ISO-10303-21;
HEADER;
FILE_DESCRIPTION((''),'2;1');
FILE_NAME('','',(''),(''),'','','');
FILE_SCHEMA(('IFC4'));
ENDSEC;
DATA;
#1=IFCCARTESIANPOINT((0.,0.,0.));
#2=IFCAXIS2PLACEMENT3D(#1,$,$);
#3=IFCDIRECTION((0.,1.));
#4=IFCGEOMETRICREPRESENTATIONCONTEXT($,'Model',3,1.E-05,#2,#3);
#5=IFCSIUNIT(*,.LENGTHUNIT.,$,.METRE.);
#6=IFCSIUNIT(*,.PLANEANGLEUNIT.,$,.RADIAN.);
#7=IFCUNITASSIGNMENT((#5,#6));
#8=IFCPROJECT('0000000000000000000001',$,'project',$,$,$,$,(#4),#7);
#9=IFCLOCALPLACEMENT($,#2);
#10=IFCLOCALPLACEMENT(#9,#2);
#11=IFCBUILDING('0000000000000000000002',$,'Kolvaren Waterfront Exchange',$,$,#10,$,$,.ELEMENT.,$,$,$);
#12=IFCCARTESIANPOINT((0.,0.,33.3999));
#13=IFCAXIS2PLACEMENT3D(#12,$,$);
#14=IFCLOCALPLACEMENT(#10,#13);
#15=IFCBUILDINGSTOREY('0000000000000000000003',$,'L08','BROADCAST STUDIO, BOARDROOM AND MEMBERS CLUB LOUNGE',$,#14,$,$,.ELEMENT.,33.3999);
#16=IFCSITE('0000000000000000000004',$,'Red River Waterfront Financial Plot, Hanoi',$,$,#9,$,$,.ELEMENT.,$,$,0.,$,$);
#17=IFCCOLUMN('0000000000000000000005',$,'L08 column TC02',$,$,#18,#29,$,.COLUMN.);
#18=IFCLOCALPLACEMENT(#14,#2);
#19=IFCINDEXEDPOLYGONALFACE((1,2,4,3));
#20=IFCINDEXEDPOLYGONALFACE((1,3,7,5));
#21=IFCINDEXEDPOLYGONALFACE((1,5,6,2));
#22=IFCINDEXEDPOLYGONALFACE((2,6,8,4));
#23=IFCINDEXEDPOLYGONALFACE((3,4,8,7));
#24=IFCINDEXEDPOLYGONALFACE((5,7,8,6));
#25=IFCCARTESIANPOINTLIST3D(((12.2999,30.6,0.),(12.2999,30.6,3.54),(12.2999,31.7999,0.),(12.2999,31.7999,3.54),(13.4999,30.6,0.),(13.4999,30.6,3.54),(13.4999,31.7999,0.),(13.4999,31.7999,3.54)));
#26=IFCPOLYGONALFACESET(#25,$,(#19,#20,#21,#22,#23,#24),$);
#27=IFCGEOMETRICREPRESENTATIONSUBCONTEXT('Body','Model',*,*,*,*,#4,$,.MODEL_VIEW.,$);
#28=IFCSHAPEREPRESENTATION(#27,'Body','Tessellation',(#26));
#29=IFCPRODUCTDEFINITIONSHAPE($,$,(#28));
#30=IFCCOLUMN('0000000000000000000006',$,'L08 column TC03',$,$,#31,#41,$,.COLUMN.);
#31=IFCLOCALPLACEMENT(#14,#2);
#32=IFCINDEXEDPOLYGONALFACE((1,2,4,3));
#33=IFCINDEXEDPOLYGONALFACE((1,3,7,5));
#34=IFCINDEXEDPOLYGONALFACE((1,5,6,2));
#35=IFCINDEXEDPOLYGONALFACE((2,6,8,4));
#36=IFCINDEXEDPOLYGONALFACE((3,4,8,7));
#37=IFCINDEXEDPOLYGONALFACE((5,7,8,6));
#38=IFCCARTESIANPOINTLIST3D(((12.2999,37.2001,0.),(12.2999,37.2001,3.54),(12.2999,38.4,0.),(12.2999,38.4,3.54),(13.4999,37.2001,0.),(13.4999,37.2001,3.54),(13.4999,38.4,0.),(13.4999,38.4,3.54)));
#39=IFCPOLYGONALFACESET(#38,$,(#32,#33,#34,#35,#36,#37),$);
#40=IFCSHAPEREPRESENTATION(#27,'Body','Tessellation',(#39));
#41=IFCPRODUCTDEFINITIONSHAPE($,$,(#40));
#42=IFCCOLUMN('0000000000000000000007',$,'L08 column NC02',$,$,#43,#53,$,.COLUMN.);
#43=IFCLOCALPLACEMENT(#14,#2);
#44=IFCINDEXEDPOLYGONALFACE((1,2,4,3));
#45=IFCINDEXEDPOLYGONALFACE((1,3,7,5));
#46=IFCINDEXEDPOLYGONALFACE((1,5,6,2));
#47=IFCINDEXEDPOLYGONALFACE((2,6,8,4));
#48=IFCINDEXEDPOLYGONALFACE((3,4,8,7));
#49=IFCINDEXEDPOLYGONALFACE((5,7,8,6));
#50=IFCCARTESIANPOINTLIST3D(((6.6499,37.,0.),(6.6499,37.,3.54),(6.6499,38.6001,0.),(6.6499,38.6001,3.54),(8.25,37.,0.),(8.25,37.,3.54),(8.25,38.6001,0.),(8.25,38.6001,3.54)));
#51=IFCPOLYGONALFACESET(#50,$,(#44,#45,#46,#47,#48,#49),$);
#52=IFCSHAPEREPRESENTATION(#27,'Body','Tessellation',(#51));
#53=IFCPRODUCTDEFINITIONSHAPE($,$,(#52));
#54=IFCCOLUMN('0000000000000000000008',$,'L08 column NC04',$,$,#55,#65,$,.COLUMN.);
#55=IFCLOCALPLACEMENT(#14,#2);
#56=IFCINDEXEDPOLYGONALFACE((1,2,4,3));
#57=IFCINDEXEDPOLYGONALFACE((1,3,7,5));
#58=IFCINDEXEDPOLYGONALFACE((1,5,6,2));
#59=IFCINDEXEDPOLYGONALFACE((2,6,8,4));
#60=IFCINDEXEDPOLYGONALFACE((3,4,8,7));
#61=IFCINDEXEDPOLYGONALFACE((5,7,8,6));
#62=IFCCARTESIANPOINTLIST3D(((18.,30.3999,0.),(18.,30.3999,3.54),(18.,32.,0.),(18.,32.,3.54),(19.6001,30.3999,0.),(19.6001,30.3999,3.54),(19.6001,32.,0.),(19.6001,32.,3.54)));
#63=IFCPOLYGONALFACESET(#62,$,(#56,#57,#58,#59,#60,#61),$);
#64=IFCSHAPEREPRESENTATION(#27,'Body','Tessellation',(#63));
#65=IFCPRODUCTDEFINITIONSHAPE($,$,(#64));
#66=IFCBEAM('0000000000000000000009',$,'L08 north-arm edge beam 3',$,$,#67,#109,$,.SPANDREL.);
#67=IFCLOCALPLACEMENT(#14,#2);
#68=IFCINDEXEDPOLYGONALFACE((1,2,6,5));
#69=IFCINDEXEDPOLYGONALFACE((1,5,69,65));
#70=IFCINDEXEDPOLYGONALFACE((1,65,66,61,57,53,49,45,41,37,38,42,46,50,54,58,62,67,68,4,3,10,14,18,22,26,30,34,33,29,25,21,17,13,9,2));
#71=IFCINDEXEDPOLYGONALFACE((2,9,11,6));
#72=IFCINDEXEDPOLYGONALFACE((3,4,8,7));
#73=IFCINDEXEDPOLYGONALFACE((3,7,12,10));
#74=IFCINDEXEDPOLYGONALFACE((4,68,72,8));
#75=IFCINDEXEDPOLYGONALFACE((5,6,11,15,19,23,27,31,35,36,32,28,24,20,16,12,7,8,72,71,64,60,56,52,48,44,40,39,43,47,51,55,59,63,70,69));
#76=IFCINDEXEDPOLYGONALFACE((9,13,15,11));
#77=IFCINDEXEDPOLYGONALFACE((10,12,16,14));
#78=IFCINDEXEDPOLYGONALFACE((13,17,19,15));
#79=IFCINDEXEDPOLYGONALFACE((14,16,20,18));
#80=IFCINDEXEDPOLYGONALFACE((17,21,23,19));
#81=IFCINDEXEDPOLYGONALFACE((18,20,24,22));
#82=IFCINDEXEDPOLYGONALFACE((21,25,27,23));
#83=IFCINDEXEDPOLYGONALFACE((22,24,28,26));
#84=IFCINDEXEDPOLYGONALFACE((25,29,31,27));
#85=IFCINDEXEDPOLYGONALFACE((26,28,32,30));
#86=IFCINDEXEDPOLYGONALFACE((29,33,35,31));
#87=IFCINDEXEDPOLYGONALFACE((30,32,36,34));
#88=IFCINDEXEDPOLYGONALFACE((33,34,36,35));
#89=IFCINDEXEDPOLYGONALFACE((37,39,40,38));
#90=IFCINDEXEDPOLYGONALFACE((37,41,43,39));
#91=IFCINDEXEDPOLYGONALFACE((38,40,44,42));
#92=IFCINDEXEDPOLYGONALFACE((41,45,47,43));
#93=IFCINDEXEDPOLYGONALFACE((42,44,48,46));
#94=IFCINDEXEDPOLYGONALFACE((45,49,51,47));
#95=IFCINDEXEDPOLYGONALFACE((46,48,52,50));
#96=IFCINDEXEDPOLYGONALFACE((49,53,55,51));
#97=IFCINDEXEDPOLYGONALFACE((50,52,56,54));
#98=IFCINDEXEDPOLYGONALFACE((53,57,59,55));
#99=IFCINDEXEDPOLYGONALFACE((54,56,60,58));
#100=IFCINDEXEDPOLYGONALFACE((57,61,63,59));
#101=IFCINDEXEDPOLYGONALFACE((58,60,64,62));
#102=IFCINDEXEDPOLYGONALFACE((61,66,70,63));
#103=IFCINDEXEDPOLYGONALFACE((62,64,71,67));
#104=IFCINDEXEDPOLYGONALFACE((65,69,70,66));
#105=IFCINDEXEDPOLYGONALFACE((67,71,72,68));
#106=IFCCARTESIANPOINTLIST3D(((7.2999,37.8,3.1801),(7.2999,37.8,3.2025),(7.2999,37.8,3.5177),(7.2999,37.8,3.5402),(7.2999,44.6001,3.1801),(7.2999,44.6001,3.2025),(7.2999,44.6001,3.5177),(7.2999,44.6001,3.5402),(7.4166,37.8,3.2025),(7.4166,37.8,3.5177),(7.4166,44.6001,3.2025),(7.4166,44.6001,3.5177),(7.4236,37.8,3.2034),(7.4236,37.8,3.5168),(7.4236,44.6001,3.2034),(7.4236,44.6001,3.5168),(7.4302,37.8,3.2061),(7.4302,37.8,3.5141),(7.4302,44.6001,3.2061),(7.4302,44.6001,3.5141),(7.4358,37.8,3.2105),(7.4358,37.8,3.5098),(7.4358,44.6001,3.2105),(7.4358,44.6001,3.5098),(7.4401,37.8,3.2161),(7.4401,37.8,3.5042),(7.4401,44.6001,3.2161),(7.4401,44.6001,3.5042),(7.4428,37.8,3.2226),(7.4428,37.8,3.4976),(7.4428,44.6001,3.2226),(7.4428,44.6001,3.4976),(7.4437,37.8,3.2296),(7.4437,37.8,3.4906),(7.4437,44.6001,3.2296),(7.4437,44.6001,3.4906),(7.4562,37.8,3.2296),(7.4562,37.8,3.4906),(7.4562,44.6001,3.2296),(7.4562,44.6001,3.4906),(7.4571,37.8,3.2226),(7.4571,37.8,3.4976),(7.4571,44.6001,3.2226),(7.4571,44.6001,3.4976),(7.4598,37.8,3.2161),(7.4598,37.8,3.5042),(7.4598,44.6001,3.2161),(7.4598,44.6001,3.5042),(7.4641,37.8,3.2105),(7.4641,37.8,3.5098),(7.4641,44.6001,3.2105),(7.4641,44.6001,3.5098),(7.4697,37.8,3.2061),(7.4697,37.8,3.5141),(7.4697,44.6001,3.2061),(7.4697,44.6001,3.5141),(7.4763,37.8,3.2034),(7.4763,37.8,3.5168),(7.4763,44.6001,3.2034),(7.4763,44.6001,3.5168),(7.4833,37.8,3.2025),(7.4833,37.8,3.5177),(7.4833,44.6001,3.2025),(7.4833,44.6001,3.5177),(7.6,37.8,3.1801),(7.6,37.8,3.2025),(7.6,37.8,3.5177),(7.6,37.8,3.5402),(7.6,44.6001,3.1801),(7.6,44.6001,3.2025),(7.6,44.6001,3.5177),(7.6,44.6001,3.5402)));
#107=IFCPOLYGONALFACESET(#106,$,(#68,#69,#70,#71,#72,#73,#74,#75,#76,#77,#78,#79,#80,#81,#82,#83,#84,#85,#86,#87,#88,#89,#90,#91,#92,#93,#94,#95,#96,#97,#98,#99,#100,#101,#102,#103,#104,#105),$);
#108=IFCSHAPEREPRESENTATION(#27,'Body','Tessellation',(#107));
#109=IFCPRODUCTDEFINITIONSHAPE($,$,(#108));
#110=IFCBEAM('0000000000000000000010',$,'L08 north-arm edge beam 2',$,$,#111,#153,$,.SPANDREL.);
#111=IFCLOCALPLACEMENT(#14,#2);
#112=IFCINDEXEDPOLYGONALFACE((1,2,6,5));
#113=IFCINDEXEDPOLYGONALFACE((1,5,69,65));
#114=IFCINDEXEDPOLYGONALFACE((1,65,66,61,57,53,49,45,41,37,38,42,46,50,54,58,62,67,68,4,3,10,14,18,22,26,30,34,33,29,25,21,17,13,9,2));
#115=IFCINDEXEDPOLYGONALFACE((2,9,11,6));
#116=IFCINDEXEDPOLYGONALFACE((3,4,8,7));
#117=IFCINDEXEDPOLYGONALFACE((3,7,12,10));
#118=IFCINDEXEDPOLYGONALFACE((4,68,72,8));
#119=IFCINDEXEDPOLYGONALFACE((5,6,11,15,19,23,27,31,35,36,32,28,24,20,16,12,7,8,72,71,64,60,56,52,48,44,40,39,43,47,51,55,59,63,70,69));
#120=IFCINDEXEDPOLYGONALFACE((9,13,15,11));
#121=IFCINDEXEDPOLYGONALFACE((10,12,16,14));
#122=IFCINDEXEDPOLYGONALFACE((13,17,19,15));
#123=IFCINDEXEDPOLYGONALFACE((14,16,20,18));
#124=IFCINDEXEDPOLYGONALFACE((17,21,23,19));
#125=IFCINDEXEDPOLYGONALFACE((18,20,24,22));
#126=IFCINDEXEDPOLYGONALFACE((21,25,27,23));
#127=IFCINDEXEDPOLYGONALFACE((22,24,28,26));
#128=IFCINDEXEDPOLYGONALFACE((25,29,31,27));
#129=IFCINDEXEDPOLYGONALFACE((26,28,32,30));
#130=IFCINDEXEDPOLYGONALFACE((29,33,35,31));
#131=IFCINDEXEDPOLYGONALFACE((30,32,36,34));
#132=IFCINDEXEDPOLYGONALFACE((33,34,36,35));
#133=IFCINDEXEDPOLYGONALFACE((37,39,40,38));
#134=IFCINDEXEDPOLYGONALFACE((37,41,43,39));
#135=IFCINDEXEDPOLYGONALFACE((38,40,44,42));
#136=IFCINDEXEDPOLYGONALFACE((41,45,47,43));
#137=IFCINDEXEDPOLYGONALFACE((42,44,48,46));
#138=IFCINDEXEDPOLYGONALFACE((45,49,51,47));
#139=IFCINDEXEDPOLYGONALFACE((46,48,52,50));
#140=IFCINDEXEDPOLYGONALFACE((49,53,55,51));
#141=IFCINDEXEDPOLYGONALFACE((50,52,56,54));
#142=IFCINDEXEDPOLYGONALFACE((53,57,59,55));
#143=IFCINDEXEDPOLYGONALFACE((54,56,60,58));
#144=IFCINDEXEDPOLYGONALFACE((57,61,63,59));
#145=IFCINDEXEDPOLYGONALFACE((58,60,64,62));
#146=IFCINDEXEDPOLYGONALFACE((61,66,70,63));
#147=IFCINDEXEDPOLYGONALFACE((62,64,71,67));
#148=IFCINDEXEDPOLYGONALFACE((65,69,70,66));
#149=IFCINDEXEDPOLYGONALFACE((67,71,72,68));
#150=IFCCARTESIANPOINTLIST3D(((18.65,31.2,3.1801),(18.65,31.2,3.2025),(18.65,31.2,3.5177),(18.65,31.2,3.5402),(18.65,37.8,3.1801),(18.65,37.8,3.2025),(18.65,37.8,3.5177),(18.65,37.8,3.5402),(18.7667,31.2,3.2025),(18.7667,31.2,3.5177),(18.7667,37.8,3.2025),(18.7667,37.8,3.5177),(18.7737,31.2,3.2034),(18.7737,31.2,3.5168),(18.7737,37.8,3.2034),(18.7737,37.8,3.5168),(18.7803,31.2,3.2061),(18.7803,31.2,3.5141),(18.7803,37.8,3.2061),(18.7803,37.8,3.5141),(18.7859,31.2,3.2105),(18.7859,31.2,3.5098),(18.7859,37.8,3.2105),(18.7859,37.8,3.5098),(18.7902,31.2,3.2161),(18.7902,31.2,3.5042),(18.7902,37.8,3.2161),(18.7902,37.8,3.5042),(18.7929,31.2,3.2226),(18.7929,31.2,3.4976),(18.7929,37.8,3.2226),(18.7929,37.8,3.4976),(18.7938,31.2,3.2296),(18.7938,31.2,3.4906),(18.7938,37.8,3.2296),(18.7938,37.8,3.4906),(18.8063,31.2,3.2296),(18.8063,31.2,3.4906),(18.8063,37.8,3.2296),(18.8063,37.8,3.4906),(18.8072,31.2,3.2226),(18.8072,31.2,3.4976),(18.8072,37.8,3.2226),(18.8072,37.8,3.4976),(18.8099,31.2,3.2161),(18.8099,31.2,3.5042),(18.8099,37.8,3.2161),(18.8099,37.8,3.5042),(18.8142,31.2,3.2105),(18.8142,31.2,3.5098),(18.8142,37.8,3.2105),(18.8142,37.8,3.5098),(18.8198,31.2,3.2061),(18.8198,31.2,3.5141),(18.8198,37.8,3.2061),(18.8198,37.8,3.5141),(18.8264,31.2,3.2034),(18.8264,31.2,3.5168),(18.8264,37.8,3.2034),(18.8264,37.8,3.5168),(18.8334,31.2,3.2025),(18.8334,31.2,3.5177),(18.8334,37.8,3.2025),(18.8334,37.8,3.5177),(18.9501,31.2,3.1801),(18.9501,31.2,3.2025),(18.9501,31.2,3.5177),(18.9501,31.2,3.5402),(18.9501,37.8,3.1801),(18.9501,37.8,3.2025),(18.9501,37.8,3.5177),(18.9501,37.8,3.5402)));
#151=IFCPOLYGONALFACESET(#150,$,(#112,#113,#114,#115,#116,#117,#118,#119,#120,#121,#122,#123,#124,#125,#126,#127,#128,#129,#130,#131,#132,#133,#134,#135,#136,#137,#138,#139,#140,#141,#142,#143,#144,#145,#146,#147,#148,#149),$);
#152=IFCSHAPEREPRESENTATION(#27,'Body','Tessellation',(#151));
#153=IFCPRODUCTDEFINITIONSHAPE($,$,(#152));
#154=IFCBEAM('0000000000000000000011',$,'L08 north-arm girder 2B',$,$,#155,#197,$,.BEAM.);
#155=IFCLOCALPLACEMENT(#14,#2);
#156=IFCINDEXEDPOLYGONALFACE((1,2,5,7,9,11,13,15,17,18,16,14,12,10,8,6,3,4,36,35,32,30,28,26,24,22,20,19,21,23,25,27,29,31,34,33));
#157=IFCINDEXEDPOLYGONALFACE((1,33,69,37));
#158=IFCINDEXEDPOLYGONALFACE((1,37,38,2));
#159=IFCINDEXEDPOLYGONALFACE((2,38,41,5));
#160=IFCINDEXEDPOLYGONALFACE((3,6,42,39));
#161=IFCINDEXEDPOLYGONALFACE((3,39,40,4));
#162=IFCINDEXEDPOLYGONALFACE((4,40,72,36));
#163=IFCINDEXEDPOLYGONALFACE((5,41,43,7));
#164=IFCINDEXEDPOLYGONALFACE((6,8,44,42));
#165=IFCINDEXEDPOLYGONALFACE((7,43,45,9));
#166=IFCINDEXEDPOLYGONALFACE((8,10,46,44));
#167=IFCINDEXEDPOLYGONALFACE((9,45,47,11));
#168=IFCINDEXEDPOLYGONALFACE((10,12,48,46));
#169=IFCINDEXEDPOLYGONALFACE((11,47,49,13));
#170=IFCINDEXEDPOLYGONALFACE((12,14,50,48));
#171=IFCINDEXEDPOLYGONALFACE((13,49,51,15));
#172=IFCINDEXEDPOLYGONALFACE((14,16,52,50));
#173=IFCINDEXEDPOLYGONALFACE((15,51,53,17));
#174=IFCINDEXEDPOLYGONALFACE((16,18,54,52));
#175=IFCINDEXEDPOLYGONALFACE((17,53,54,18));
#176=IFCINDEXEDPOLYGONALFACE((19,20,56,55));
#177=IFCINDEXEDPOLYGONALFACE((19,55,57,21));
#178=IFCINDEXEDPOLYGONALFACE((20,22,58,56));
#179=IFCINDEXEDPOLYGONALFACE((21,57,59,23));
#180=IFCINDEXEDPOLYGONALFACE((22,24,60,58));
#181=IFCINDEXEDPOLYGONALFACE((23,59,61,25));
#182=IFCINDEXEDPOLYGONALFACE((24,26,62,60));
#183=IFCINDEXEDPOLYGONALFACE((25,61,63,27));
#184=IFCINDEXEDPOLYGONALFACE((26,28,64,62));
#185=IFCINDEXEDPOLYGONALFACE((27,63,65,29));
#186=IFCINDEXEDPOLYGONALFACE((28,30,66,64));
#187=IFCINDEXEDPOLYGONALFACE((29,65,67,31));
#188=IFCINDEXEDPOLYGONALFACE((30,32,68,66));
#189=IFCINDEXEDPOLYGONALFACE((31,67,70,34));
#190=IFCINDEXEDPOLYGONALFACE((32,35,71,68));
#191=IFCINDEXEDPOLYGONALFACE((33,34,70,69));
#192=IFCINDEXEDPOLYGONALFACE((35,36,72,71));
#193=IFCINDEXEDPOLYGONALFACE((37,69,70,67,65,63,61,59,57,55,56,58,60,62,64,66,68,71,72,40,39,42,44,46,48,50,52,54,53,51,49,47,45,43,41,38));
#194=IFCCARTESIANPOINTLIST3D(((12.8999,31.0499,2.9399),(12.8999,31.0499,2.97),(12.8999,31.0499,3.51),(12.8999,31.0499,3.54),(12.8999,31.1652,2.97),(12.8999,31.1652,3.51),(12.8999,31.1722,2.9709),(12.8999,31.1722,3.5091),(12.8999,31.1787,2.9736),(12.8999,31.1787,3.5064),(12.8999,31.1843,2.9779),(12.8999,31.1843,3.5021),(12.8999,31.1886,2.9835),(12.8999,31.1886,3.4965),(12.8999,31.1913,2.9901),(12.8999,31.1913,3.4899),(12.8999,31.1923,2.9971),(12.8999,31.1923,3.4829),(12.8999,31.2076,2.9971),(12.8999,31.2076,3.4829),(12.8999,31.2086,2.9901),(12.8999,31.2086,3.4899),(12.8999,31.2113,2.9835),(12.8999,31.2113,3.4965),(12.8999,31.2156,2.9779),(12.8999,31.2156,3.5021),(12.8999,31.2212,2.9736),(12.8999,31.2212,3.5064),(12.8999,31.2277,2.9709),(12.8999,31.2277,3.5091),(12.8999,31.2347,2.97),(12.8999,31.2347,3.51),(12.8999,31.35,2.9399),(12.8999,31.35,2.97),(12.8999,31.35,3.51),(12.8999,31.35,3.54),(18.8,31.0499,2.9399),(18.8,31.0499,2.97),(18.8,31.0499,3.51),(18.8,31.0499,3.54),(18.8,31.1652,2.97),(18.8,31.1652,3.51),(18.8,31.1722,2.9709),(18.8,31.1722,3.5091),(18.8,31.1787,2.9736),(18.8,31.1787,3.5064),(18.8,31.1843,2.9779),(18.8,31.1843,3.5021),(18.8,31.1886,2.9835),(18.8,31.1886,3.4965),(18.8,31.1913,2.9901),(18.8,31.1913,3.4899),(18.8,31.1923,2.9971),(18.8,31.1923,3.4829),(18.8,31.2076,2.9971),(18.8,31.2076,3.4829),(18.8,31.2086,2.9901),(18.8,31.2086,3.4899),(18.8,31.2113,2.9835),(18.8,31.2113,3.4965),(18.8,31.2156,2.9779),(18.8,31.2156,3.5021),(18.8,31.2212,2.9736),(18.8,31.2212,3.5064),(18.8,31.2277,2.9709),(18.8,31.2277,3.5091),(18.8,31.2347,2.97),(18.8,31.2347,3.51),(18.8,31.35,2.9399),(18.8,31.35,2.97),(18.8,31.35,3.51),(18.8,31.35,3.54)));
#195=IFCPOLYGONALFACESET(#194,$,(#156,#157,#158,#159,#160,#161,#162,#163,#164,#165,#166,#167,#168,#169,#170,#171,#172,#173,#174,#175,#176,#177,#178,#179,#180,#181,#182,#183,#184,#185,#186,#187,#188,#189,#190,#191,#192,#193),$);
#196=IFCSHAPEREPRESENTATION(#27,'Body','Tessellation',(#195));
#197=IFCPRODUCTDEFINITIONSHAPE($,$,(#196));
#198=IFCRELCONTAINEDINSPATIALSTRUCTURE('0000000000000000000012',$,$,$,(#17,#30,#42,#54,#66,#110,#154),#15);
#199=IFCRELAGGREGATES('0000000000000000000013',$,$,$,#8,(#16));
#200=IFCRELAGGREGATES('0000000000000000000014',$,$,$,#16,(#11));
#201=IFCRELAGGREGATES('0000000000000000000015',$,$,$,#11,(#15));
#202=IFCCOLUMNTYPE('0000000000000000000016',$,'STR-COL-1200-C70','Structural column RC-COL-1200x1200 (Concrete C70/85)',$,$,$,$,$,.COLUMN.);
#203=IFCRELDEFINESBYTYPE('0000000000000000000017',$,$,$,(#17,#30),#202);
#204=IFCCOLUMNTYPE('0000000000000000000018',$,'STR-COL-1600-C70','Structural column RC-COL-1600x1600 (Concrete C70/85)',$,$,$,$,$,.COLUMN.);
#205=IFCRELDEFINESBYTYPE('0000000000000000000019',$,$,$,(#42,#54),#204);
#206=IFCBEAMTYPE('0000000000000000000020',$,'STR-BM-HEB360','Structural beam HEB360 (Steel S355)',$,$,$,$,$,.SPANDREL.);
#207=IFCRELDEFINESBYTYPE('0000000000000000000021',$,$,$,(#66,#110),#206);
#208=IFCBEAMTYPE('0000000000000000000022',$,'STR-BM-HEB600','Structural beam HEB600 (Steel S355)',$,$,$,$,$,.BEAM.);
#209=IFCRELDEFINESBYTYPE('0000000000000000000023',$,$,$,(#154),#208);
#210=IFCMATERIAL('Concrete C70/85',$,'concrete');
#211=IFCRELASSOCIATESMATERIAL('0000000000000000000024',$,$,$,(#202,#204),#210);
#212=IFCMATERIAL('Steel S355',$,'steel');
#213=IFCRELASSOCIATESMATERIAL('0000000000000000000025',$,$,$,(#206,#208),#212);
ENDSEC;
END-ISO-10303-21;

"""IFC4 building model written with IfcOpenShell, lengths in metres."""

from ifc_helpers import new_model, si_unit, direction, frame, origin, origin_2d, place, context, subcontext, project, spatial, rectangle, i_section, extrude, material, material_profile, profile_set, type_object, element, save


model = new_model("IFC4")

# Units and contexts
model_context = context("Model", 3, precision=1e-05, world=origin(), true_north=direction((0.0, 1.0)))
body_context = subcontext(model_context, "Body", "Model", "MODEL_VIEW")
ifc_project = project(units=[si_unit("LENGTHUNIT", "METRE"), si_unit("PLANEANGLEUNIT", "RADIAN")], contexts=[model_context])

# Site, building, storey
site_placement = place(None, origin())
site = spatial("IfcSite", under=ifc_project, at=site_placement, Name="Red River Waterfront Financial Plot, Hanoi", CompositionType="ELEMENT", RefElevation=0.0)
building_placement = place(site_placement, origin())
building = spatial("IfcBuilding", under=site, at=building_placement, Name="Kolvaren Waterfront Exchange", CompositionType="ELEMENT")
storey_placement = place(building_placement, frame((0.0, 0.0, 33.3999)))
storey = spatial("IfcBuildingStorey", under=building, at=storey_placement, Name="L08", Description="BROADCAST STUDIO, BOARDROOM AND MEMBERS CLUB LOUNGE", CompositionType="ELEMENT", Elevation=33.3999)

# Columns
ifc_material_1 = material(Name="Concrete C70/85", Category="concrete")
ifc_material_profile_1 = material_profile(ifc_material_1, rectangle(XDim=1.2, YDim=1.2, at=origin_2d()), Name="RC-COL-1200x1200")
ifc_profile_set_1 = profile_set([ifc_material_profile_1], Name="Concrete C70/85")
column_type_1 = type_object("IfcColumnType", Name="STR-COL-1200-C70", Description="Structural column RC-COL-1200x1200 (Concrete C70/85)", PredefinedType="COLUMN", material=ifc_profile_set_1)
for number, where, z_axis, x_axis, name in (
    (1, (12.8999, 31.2, 0.0), (0.0, 0.0, 1.0), (1.0, 0.0, 0.0), "L08 column TC02"),
    (2, (12.8999, 37.8, 0.0), (0.0, 0.0, 1.0), (1.0, 0.0, 0.0), "L08 column TC03"),
):
    element("IfcColumn", number, at=place(storey_placement, frame(where, z_axis=z_axis, x_axis=x_axis)), inside=storey, type_object=column_type_1, Name=name, PredefinedType="COLUMN", context=body_context, shape_type="SweptSolid", body=[
        extrude(rectangle(XDim=1.2, YDim=1.2, at=origin_2d()), origin(), (0.0, 0.0, 1.0), 3.54),
    ])
ifc_material_profile_2 = material_profile(ifc_material_1, rectangle(XDim=1.6001, YDim=1.6001, at=origin_2d()), Name="RC-COL-1600x1600")
ifc_profile_set_2 = profile_set([ifc_material_profile_2], Name="Concrete C70/85")
column_type_2 = type_object("IfcColumnType", Name="STR-COL-1600-C70", Description="Structural column RC-COL-1600x1600 (Concrete C70/85)", PredefinedType="COLUMN", material=ifc_profile_set_2)
for number, where, z_axis, x_axis, name in (
    (3, (7.45, 37.8, 0.0), (0.0, 0.0, 1.0), (1.0, 0.0, 0.0), "L08 column NC02"),
    (4, (18.8, 31.2, 0.0), (0.0, 0.0, 1.0), (1.0, 0.0, 0.0), "L08 column NC04"),
):
    element("IfcColumn", number, at=place(storey_placement, frame(where, z_axis=z_axis, x_axis=x_axis)), inside=storey, type_object=column_type_2, Name=name, PredefinedType="COLUMN", context=body_context, shape_type="SweptSolid", body=[
        extrude(rectangle(XDim=1.6001, YDim=1.6001, at=origin_2d()), origin(), (0.0, 0.0, 1.0), 3.54),
    ])

# Beams
ifc_material_2 = material(Name="Steel S355", Category="steel")
ifc_material_profile_3 = material_profile(ifc_material_2, i_section(OverallWidth=0.3, OverallDepth=0.3601, WebThickness=0.0125, FlangeThickness=0.0225, FilletRadius=0.0271, at=origin_2d()), Name="HEB360")
ifc_profile_set_3 = profile_set([ifc_material_profile_3], Name="Steel S355")
beam_type_1 = type_object("IfcBeamType", Name="STR-BM-HEB360", Description="Structural beam HEB360 (Steel S355)", PredefinedType="SPANDREL", material=ifc_profile_set_3)
beam_1_placement = place(storey_placement, frame((7.45, 37.8, 3.3601), z_axis=(0.0, 1.0, 0.0), x_axis=(-1.0, 0.0, 0.0)))
element("IfcBeam", 5, at=beam_1_placement, inside=storey, type_object=beam_type_1, Name="L08 north-arm edge beam 3", PredefinedType="SPANDREL", context=body_context, shape_type="SweptSolid", body=[
    extrude(i_section(OverallWidth=0.3, OverallDepth=0.3601, WebThickness=0.0125, FlangeThickness=0.0225, FilletRadius=0.0271, at=origin_2d()), origin(), (0.0, 0.0, 1.0), 6.8),
])
beam_2_placement = place(storey_placement, frame((18.8, 31.2, 3.3601), z_axis=(0.0, 1.0, 0.0), x_axis=(-1.0, 0.0, 0.0)))
element("IfcBeam", 6, at=beam_2_placement, inside=storey, type_object=beam_type_1, Name="L08 north-arm edge beam 2", PredefinedType="SPANDREL", context=body_context, shape_type="SweptSolid", body=[
    extrude(i_section(OverallWidth=0.3, OverallDepth=0.3601, WebThickness=0.0125, FlangeThickness=0.0225, FilletRadius=0.0271, at=origin_2d()), origin(), (0.0, 0.0, 1.0), 6.6001),
])
ifc_material_profile_4 = material_profile(ifc_material_2, i_section(OverallWidth=0.3, OverallDepth=0.6001, WebThickness=0.0154, FlangeThickness=0.03, FilletRadius=0.0271, at=origin_2d()), Name="HEB600")
ifc_profile_set_4 = profile_set([ifc_material_profile_4], Name="Steel S355")
beam_type_2 = type_object("IfcBeamType", Name="STR-BM-HEB600", Description="Structural beam HEB600 (Steel S355)", PredefinedType="BEAM", material=ifc_profile_set_4)
beam_3_placement = place(storey_placement, frame((12.8999, 31.2, 3.24), z_axis=(1.0, 0.0, 0.0), x_axis=(0.0, 1.0, 0.0)))
element("IfcBeam", 7, at=beam_3_placement, inside=storey, type_object=beam_type_2, Name="L08 north-arm girder 2B", PredefinedType="BEAM", context=body_context, shape_type="SweptSolid", body=[
    extrude(i_section(OverallWidth=0.3, OverallDepth=0.6001, WebThickness=0.0154, FlangeThickness=0.03, FilletRadius=0.0271, at=origin_2d()), origin(), (0.0, 0.0, 1.0), 5.9001),
])

save(model, "model.ifc")
